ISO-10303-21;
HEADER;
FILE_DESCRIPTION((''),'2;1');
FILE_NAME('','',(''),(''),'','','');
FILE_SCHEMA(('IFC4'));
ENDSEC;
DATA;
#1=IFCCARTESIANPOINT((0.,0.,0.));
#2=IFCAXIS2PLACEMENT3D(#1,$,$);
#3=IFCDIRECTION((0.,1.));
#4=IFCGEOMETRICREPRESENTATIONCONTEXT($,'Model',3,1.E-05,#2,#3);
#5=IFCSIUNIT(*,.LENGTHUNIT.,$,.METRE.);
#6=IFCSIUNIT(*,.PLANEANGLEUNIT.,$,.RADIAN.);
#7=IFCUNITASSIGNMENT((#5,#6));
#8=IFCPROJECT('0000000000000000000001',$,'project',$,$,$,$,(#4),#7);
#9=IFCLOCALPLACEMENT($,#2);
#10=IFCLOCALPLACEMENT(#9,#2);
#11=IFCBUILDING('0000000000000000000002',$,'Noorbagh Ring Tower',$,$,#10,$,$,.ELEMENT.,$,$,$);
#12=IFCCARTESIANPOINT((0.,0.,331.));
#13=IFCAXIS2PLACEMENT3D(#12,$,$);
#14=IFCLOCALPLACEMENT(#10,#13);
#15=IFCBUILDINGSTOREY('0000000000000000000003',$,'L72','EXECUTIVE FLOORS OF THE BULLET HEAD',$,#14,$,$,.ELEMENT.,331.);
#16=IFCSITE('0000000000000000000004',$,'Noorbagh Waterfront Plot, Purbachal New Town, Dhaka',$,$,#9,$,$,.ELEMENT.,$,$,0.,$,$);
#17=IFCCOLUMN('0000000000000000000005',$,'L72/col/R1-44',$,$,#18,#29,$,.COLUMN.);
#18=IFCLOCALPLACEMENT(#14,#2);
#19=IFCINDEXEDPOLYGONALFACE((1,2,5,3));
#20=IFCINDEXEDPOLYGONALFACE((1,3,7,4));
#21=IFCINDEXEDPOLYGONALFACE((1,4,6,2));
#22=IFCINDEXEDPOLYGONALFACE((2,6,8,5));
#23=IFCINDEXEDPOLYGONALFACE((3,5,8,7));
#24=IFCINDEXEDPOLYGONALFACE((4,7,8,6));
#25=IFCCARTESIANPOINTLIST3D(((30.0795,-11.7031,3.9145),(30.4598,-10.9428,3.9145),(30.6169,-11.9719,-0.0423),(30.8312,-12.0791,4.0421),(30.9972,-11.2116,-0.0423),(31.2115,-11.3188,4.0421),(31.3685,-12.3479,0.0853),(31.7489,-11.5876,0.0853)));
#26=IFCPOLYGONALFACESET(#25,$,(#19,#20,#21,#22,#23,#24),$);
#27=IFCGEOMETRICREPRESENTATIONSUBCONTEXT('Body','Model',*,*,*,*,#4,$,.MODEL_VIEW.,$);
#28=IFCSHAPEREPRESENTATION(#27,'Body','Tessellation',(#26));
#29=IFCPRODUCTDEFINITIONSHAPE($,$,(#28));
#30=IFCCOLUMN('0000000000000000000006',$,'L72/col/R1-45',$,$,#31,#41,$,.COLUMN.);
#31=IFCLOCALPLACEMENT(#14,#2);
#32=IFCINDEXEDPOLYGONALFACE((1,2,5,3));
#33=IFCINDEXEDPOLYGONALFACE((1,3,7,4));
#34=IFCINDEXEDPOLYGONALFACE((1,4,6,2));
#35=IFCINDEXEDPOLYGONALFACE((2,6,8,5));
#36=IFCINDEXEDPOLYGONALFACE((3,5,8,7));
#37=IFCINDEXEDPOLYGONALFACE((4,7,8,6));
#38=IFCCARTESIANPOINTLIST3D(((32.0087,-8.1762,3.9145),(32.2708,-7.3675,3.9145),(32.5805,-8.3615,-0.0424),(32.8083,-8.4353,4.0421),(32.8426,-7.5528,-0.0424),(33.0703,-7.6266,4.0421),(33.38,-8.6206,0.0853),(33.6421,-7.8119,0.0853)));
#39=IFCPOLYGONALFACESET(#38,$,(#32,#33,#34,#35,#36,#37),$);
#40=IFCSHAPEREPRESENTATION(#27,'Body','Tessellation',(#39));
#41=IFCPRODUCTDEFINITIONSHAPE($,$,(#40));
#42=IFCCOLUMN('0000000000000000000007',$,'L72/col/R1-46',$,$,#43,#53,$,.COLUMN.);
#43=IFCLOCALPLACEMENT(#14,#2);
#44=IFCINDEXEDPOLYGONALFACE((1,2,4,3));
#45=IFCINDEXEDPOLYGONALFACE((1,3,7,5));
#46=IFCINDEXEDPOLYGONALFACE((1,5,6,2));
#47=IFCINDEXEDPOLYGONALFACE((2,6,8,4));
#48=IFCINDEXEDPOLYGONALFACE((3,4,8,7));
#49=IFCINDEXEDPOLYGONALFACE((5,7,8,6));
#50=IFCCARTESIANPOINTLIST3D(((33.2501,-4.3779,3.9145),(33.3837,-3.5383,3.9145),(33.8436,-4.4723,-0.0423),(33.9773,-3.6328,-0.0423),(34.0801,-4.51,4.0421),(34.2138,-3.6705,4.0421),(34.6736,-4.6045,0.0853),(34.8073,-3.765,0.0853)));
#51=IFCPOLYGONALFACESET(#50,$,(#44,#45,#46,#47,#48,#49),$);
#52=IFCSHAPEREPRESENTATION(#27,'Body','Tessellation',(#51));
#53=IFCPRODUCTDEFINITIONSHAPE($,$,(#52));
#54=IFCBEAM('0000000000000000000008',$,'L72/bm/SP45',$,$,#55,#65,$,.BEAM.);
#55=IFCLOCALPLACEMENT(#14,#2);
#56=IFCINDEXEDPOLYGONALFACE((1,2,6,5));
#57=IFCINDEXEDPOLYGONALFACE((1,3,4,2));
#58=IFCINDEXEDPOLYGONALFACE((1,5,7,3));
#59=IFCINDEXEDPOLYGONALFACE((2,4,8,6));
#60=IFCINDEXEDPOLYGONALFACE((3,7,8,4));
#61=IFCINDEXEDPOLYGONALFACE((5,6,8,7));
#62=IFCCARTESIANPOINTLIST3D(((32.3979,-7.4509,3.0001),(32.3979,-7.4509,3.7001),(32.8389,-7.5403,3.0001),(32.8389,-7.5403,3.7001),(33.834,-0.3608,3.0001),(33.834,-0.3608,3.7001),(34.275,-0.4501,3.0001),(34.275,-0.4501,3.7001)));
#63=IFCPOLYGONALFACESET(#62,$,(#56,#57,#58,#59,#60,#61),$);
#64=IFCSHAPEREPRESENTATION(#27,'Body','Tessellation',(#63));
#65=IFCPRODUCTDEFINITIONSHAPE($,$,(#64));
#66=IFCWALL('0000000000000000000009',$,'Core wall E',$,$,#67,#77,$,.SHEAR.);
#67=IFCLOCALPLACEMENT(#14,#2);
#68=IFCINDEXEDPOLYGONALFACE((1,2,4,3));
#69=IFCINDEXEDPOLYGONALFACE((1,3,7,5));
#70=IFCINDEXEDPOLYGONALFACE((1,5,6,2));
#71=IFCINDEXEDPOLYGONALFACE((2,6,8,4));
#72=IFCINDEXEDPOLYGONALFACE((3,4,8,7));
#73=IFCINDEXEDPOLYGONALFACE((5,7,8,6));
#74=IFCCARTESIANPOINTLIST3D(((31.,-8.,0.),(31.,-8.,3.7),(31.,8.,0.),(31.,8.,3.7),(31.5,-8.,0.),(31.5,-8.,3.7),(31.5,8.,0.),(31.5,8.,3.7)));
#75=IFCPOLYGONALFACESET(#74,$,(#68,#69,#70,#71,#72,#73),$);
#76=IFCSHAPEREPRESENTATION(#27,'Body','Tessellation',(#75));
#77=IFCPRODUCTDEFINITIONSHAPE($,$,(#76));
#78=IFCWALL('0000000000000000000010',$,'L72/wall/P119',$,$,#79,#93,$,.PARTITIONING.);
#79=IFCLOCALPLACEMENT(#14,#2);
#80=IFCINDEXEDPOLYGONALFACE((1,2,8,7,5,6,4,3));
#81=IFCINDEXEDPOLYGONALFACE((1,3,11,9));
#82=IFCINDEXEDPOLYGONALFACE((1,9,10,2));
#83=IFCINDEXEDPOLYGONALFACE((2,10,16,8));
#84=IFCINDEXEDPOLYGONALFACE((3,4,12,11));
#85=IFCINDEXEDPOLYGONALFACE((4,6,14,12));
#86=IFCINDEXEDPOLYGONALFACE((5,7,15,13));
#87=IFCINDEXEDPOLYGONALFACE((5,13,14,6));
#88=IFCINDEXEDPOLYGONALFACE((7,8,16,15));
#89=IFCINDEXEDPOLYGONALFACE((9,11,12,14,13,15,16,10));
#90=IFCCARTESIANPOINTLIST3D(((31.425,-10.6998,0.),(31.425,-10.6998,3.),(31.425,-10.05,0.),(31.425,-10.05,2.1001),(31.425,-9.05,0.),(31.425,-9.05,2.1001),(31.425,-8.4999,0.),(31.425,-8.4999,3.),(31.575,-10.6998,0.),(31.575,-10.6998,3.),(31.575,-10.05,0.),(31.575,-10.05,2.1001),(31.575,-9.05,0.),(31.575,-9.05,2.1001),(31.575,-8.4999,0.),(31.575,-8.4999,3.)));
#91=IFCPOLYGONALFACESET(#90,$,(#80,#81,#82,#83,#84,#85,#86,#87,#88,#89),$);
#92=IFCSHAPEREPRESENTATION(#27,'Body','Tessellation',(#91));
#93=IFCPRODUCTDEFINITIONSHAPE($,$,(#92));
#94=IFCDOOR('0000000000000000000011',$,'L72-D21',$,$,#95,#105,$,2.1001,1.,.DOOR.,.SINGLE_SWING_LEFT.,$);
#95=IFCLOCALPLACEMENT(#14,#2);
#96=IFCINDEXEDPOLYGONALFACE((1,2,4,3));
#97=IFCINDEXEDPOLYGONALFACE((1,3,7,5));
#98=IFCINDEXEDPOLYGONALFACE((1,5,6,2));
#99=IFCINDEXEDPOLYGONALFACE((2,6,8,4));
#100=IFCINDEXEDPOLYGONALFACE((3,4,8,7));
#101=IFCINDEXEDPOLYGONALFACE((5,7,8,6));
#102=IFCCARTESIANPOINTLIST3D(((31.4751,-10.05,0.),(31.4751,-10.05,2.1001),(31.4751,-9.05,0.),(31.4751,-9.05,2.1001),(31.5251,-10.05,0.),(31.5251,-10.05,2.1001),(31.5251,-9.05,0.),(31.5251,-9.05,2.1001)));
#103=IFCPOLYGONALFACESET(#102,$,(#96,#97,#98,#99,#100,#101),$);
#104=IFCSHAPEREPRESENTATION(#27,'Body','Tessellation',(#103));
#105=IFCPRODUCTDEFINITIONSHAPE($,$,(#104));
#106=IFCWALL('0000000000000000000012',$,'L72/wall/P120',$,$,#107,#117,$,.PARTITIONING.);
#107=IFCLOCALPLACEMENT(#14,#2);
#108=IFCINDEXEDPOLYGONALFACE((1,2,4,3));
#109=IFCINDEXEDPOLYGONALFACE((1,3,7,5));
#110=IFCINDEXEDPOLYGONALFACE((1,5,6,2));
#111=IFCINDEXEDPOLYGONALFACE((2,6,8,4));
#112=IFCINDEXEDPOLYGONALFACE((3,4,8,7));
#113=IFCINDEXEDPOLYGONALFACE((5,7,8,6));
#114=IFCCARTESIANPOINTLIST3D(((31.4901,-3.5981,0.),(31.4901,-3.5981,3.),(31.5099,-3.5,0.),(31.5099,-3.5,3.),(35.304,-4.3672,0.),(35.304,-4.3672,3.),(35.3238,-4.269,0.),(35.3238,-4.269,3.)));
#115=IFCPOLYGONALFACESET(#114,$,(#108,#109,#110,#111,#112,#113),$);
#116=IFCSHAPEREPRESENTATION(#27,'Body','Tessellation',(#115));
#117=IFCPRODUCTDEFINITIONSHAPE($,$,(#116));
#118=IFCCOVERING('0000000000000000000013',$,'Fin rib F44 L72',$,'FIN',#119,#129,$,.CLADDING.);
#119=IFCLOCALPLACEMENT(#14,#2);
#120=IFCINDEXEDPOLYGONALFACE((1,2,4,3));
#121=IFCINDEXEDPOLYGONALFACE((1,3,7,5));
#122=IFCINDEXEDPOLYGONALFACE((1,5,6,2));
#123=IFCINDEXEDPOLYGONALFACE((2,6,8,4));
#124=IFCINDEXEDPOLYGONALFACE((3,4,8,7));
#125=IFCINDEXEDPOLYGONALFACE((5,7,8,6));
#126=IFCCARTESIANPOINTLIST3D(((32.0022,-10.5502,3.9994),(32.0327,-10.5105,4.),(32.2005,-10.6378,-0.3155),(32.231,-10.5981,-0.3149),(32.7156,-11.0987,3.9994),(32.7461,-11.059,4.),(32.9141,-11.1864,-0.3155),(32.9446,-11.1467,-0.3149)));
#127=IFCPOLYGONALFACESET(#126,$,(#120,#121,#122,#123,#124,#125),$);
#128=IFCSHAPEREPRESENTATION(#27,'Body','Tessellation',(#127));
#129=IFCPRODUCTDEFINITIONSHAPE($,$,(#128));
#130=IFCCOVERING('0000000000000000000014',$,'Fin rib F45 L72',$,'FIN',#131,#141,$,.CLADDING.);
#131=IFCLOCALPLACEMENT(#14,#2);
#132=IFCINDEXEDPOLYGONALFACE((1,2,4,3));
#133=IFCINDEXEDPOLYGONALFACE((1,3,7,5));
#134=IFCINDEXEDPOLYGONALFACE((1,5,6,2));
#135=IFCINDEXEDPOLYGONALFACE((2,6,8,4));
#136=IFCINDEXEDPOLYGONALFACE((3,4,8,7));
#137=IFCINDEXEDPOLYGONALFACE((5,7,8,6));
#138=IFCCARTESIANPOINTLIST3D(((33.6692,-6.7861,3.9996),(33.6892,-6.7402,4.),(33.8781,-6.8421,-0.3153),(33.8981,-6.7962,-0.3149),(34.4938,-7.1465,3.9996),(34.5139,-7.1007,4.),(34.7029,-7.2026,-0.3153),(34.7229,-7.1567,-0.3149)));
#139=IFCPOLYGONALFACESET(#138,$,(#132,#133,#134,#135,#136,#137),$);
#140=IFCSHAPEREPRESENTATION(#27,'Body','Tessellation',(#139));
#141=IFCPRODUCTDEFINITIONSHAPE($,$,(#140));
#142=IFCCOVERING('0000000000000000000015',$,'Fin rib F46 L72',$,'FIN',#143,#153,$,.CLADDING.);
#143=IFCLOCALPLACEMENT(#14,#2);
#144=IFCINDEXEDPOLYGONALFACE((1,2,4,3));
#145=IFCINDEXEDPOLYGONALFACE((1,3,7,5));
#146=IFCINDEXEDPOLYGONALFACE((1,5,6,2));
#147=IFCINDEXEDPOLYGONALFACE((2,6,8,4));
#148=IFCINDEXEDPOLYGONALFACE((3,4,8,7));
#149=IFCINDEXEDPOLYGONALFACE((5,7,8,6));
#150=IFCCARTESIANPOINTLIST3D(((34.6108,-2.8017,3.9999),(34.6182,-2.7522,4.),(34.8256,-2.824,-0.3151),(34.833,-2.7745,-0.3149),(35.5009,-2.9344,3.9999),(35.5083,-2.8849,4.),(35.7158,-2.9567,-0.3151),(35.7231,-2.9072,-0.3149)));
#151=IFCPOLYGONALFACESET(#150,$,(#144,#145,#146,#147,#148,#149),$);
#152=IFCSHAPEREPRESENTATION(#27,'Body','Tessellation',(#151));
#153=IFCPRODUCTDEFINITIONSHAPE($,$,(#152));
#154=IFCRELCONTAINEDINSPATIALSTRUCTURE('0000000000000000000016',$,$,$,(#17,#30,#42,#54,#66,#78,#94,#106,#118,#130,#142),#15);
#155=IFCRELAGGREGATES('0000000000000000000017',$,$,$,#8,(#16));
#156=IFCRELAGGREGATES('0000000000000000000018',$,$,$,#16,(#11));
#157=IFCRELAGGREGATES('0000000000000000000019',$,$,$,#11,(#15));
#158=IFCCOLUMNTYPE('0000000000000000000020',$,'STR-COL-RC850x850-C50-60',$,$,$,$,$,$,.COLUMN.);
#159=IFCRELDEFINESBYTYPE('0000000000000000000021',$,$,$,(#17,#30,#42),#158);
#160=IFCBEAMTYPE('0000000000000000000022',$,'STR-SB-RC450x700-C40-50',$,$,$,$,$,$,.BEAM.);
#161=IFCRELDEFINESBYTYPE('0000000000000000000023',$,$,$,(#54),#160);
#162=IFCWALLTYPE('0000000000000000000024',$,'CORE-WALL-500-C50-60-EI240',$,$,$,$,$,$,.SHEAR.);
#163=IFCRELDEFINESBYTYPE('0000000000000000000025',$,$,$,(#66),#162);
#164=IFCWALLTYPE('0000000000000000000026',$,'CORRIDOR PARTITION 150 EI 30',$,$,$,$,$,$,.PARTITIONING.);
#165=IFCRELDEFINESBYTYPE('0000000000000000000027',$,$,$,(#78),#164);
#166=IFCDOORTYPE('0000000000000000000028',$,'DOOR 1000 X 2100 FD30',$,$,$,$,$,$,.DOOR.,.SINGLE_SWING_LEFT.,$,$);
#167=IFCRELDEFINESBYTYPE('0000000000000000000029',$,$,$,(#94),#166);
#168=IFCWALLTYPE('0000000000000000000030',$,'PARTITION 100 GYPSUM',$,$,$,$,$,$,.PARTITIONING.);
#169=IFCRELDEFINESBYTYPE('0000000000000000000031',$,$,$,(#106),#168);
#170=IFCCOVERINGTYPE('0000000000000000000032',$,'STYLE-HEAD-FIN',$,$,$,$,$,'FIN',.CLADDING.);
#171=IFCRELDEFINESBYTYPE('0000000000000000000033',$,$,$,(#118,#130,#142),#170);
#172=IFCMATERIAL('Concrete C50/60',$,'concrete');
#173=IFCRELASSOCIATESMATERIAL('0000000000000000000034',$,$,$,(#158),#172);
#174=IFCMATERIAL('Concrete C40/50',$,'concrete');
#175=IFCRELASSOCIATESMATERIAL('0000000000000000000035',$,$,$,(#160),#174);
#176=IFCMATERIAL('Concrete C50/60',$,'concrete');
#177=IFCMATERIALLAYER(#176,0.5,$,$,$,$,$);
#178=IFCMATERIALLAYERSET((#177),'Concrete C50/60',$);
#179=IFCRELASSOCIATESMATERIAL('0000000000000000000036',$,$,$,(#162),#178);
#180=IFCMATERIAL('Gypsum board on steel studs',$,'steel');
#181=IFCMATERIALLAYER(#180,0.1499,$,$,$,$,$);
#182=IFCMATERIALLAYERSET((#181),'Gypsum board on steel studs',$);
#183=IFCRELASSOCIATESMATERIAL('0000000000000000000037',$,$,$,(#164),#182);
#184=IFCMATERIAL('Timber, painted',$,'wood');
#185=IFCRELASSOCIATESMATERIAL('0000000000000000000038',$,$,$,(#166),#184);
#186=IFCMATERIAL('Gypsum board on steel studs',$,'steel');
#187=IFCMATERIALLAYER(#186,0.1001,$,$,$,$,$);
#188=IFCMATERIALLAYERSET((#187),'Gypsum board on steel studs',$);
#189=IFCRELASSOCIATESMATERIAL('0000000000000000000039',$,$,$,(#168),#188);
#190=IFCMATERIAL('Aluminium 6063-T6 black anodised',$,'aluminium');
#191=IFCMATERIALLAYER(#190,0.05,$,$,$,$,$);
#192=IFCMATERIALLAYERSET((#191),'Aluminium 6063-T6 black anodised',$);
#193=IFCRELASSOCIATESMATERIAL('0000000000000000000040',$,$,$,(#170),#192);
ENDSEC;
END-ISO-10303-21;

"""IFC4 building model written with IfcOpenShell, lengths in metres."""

from ifc_helpers import new_model, si_unit, direction, frame, frame_2d, origin, origin_2d, place, context, subcontext, project, spatial, polyline, rectangle, outline, extrude, material, layer, layer_set, material_profile, profile_set, type_object, element, fill, save


model = new_model("IFC4")

# Units and contexts
model_context = context("Model", 3, precision=1e-05, world=origin(), true_north=direction((0.0, 1.0)))
body_context = subcontext(model_context, "Body", "Model", "MODEL_VIEW")
ifc_project = project(units=[si_unit("LENGTHUNIT", "METRE"), si_unit("PLANEANGLEUNIT", "RADIAN")], contexts=[model_context])

# Site, building, storey
site_placement = place(None, origin())
site = spatial("IfcSite", under=ifc_project, at=site_placement, Name="Noorbagh Waterfront Plot, Purbachal New Town, Dhaka", CompositionType="ELEMENT", RefElevation=0.0)
building_placement = place(site_placement, origin())
building = spatial("IfcBuilding", under=site, at=building_placement, Name="Noorbagh Ring Tower", CompositionType="ELEMENT")
storey_placement = place(building_placement, frame((0.0, 0.0, 331.0)))
storey = spatial("IfcBuildingStorey", under=building, at=storey_placement, Name="L72", Description="EXECUTIVE FLOORS OF THE BULLET HEAD", CompositionType="ELEMENT", Elevation=331.0)

# Columns
ifc_material_1 = material(Name="Concrete C50/60", Category="concrete")
ifc_material_profile_1 = material_profile(ifc_material_1, rectangle(XDim=0.8501, YDim=0.8501, at=origin_2d()), Name="RC850x850")
ifc_profile_set_1 = profile_set([ifc_material_profile_1], Name="Concrete C50/60")
column_type = type_object("IfcColumnType", Name="STR-COL-RC850x850-C50-60", PredefinedType="COLUMN", material=ifc_profile_set_1)
for number, where, z_axis, x_axis, name in (
    (1, (31.1829, -11.7798, 0.0215), (-0.134266, 0.067164, 0.988667), (-0.447376, -0.894346, 0.0), "L72/col/R1-44"),
    (2, (33.1113, -8.0867, 0.0215), (-0.142867, 0.0463, 0.988658), (-0.308296, -0.95129, 0.0), "L72/col/R1-45"),
    (3, (34.3254, -4.1187, 0.0215), (-0.148296, 0.023608, 0.988661), (-0.157214, -0.987565, 0.0), "L72/col/R1-46"),
):
    element("IfcColumn", number, at=place(storey_placement, frame(where, z_axis=z_axis, x_axis=x_axis)), inside=storey, type_object=column_type, Name=name, PredefinedType="COLUMN", context=body_context, shape_type="SweptSolid", body=[
        extrude(rectangle(XDim=0.8501, YDim=0.8501, at=origin_2d()), origin(), (0.0, 0.0, 1.0), 4.0022),
    ])

# Beam
ifc_material_2 = material(Name="Concrete C40/50", Category="concrete")
ifc_material_profile_2 = material_profile(ifc_material_2, rectangle(XDim=0.45, YDim=0.7, at=origin_2d()), Name="RC450x700")
ifc_profile_set_2 = profile_set([ifc_material_profile_2], Name="Concrete C40/50")
beam_type = type_object("IfcBeamType", Name="STR-SB-RC450x700-C40-50", PredefinedType="BEAM", material=ifc_profile_set_2)
beam_placement = place(storey_placement, frame((32.6184, -7.4956, 3.3501), z_axis=(0.19851, 0.980099, 0.0), x_axis=(-0.980099, 0.19851, 0.0)))
element("IfcBeam", 4, at=beam_placement, inside=storey, type_object=beam_type, Name="L72/bm/SP45", PredefinedType="BEAM", context=body_context, shape_type="SweptSolid", body=[
    extrude(rectangle(XDim=0.45, YDim=0.7, at=origin_2d()), origin(), (0.0, 0.0, 1.0), 7.2341),
])

# Wall
ifc_material_3 = material(Name="Concrete C50/60", Category="concrete")
ifc_layer_1 = layer(ifc_material_3, 0.5)
ifc_layer_set_1 = layer_set([ifc_layer_1], Name="Concrete C50/60")
wall_type_1 = type_object("IfcWallType", Name="CORE-WALL-500-C50-60-EI240", PredefinedType="SHEAR", material=ifc_layer_set_1)
wall_1_placement = place(storey_placement, frame((31.25, -8.0, 0.0), z_axis=(0.0, 0.0, 1.0), x_axis=(0.0, 1.0, 0.0)))
element("IfcWall", 5, at=wall_1_placement, inside=storey, type_object=wall_type_1, Name="Core wall E", PredefinedType="SHEAR", context=body_context, shape_type="SweptSolid", body=[
    extrude(rectangle(XDim=16.0, YDim=0.5, at=frame_2d((8.0, 0.0))), origin(), (0.0, 0.0, 1.0), 3.7),
])

# Wall, opening, door
ifc_material_4 = material(Name="Gypsum board on steel studs", Category="steel")
ifc_layer_2 = layer(ifc_material_4, 0.1499)
ifc_layer_set_2 = layer_set([ifc_layer_2], Name="Gypsum board on steel studs")
wall_type_2 = type_object("IfcWallType", Name="CORRIDOR PARTITION 150 EI 30", PredefinedType="PARTITIONING", material=ifc_layer_set_2)
wall_2_placement = place(storey_placement, frame((31.5, -10.7, 0.0), z_axis=(0.0, 0.0, 1.0), x_axis=(0.0, 1.0, 0.0)))
wall_2 = element("IfcWall", 6, at=wall_2_placement, inside=storey, type_object=wall_type_2, Name="L72/wall/P119", PredefinedType="PARTITIONING", context=body_context, shape_type="SweptSolid", body=[
    extrude(rectangle(XDim=2.2, YDim=0.1499, at=frame_2d((1.1001, 0.0))), origin(), (0.0, 0.0, 1.0), 3.0),
])
opening_placement = place(wall_2_placement, frame((0.6499, 0.0, 0.0)))
opening = element("IfcOpeningElement", 7, at=opening_placement, cuts=wall_2, PredefinedType="OPENING", context=body_context, shape_type="SweptSolid", body=[
    extrude(rectangle(XDim=1.0, YDim=2.1001, at=frame_2d((0.5, 1.05))), frame((0.0, 0.085, 0.0), z_axis=(0.0, -1.0, 0.0), x_axis=(1.0, 0.0, 0.0)), (0.0, 0.0, 1.0), 0.1699),
])
ifc_material_5 = material(Name="Timber, painted", Category="wood")
door_type = type_object("IfcDoorType", Name="DOOR 1000 X 2100 FD30", OperationType="SINGLE_SWING_LEFT", PredefinedType="DOOR", material=ifc_material_5)
door_placement = place(opening_placement, origin())
door = element("IfcDoor", 8, at=door_placement, inside=storey, type_object=door_type, Name="L72-D21", OperationType="SINGLE_SWING_LEFT", OverallHeight=2.1001, OverallWidth=1.0, PredefinedType="DOOR", context=body_context, shape_type="SweptSolid", body=[
    extrude(rectangle(XDim=1.0, YDim=2.1001, at=frame_2d((0.5, 1.05))), frame((0.0, 0.0249, 0.0), z_axis=(0.0, -1.0, 0.0), x_axis=(1.0, 0.0, 0.0)), (0.0, 0.0, 1.0), 0.05),
])
fill(opening, door)

# Wall
ifc_material_6 = material(Name="Gypsum board on steel studs", Category="steel")
ifc_layer_3 = layer(ifc_material_6, 0.1001)
ifc_layer_set_3 = layer_set([ifc_layer_3], Name="Gypsum board on steel studs")
wall_type_3 = type_object("IfcWallType", Name="PARTITION 100 GYPSUM", PredefinedType="PARTITIONING", material=ifc_layer_set_3)
wall_3_placement = place(storey_placement, frame((31.5, -3.5491, 0.0), z_axis=(0.0, 0.0, 1.0), x_axis=(0.980271, -0.19766, 0.0)))
element("IfcWall", 9, at=wall_3_placement, inside=storey, type_object=wall_type_3, Name="L72/wall/P120", PredefinedType="PARTITIONING", context=body_context, shape_type="SweptSolid", body=[
    extrude(rectangle(XDim=3.8906, YDim=0.1001, at=frame_2d((1.9453, 0.0))), origin(), (0.0, 0.0, 1.0), 3.0),
])

# Coverings
ifc_material_7 = material(Name="Aluminium 6063-T6 black anodised", Category="aluminium")
ifc_layer_4 = layer(ifc_material_7, 0.05)
ifc_layer_set_4 = layer_set([ifc_layer_4], Name="Aluminium 6063-T6 black anodised")
covering_type_1 = type_object("IfcCoveringType", Name="STYLE-HEAD-FIN", ElementType="FIN", PredefinedType="CLADDING", material=ifc_layer_set_4)
covering_1_placement = place(storey_placement, frame((32.9446, -11.1467, -0.3149), z_axis=(0.609484, 0.792709, 0.011917), x_axis=(-0.045931, 0.0203, 0.998738)))
element("IfcCovering", 10, at=covering_1_placement, inside=storey, type_object=covering_type_1, Name="Fin rib F44 L72", ObjectType="FIN", PredefinedType="CLADDING", context=body_context, shape_type="SweptSolid", body=[
    extrude(outline(polyline([(0.0, 0.0), (4.3204, 0.0), (4.3643, -0.8988), (0.0439, -0.899), (0.0, 0.0)])), origin(), (0.0, 0.0, -1.0), 0.05),
])
covering_2_placement = place(storey_placement, frame((34.7229, -7.1567, -0.3149), z_axis=(0.400494, 0.916268, 0.007499), x_axis=(-0.048382, 0.012973, 0.998745)))
element("IfcCovering", 11, at=covering_2_placement, inside=storey, type_object=covering_type_1, Name="Fin rib F45 L72", ObjectType="FIN", PredefinedType="CLADDING", context=body_context, shape_type="SweptSolid", body=[
    extrude(outline(polyline([(0.0, 0.0), (4.3204, 0.0), (4.3649, -0.8989), (0.0446, -0.899), (0.0, 0.0)])), origin(), (0.0, 0.0, -1.0), 0.05),
])
covering_3_placement = place(storey_placement, frame((35.7231, -2.9072, -0.3149), z_axis=(0.147438, 0.989069, 0.002221), x_axis=(-0.049724, 0.00517, 0.99875)))
element("IfcCovering", 12, at=covering_3_placement, inside=storey, type_object=covering_type_1, Name="Fin rib F46 L72", ObjectType="FIN", PredefinedType="CLADDING", context=body_context, shape_type="SweptSolid", body=[
    extrude(outline(polyline([(0.0, 0.0), (4.3203, 0.0), (4.3653, -0.8989), (0.0449, -0.8988), (0.0, 0.0)])), origin(), (0.0, 0.0, -1.0), 0.05),
])

save(model, "model.ifc")
